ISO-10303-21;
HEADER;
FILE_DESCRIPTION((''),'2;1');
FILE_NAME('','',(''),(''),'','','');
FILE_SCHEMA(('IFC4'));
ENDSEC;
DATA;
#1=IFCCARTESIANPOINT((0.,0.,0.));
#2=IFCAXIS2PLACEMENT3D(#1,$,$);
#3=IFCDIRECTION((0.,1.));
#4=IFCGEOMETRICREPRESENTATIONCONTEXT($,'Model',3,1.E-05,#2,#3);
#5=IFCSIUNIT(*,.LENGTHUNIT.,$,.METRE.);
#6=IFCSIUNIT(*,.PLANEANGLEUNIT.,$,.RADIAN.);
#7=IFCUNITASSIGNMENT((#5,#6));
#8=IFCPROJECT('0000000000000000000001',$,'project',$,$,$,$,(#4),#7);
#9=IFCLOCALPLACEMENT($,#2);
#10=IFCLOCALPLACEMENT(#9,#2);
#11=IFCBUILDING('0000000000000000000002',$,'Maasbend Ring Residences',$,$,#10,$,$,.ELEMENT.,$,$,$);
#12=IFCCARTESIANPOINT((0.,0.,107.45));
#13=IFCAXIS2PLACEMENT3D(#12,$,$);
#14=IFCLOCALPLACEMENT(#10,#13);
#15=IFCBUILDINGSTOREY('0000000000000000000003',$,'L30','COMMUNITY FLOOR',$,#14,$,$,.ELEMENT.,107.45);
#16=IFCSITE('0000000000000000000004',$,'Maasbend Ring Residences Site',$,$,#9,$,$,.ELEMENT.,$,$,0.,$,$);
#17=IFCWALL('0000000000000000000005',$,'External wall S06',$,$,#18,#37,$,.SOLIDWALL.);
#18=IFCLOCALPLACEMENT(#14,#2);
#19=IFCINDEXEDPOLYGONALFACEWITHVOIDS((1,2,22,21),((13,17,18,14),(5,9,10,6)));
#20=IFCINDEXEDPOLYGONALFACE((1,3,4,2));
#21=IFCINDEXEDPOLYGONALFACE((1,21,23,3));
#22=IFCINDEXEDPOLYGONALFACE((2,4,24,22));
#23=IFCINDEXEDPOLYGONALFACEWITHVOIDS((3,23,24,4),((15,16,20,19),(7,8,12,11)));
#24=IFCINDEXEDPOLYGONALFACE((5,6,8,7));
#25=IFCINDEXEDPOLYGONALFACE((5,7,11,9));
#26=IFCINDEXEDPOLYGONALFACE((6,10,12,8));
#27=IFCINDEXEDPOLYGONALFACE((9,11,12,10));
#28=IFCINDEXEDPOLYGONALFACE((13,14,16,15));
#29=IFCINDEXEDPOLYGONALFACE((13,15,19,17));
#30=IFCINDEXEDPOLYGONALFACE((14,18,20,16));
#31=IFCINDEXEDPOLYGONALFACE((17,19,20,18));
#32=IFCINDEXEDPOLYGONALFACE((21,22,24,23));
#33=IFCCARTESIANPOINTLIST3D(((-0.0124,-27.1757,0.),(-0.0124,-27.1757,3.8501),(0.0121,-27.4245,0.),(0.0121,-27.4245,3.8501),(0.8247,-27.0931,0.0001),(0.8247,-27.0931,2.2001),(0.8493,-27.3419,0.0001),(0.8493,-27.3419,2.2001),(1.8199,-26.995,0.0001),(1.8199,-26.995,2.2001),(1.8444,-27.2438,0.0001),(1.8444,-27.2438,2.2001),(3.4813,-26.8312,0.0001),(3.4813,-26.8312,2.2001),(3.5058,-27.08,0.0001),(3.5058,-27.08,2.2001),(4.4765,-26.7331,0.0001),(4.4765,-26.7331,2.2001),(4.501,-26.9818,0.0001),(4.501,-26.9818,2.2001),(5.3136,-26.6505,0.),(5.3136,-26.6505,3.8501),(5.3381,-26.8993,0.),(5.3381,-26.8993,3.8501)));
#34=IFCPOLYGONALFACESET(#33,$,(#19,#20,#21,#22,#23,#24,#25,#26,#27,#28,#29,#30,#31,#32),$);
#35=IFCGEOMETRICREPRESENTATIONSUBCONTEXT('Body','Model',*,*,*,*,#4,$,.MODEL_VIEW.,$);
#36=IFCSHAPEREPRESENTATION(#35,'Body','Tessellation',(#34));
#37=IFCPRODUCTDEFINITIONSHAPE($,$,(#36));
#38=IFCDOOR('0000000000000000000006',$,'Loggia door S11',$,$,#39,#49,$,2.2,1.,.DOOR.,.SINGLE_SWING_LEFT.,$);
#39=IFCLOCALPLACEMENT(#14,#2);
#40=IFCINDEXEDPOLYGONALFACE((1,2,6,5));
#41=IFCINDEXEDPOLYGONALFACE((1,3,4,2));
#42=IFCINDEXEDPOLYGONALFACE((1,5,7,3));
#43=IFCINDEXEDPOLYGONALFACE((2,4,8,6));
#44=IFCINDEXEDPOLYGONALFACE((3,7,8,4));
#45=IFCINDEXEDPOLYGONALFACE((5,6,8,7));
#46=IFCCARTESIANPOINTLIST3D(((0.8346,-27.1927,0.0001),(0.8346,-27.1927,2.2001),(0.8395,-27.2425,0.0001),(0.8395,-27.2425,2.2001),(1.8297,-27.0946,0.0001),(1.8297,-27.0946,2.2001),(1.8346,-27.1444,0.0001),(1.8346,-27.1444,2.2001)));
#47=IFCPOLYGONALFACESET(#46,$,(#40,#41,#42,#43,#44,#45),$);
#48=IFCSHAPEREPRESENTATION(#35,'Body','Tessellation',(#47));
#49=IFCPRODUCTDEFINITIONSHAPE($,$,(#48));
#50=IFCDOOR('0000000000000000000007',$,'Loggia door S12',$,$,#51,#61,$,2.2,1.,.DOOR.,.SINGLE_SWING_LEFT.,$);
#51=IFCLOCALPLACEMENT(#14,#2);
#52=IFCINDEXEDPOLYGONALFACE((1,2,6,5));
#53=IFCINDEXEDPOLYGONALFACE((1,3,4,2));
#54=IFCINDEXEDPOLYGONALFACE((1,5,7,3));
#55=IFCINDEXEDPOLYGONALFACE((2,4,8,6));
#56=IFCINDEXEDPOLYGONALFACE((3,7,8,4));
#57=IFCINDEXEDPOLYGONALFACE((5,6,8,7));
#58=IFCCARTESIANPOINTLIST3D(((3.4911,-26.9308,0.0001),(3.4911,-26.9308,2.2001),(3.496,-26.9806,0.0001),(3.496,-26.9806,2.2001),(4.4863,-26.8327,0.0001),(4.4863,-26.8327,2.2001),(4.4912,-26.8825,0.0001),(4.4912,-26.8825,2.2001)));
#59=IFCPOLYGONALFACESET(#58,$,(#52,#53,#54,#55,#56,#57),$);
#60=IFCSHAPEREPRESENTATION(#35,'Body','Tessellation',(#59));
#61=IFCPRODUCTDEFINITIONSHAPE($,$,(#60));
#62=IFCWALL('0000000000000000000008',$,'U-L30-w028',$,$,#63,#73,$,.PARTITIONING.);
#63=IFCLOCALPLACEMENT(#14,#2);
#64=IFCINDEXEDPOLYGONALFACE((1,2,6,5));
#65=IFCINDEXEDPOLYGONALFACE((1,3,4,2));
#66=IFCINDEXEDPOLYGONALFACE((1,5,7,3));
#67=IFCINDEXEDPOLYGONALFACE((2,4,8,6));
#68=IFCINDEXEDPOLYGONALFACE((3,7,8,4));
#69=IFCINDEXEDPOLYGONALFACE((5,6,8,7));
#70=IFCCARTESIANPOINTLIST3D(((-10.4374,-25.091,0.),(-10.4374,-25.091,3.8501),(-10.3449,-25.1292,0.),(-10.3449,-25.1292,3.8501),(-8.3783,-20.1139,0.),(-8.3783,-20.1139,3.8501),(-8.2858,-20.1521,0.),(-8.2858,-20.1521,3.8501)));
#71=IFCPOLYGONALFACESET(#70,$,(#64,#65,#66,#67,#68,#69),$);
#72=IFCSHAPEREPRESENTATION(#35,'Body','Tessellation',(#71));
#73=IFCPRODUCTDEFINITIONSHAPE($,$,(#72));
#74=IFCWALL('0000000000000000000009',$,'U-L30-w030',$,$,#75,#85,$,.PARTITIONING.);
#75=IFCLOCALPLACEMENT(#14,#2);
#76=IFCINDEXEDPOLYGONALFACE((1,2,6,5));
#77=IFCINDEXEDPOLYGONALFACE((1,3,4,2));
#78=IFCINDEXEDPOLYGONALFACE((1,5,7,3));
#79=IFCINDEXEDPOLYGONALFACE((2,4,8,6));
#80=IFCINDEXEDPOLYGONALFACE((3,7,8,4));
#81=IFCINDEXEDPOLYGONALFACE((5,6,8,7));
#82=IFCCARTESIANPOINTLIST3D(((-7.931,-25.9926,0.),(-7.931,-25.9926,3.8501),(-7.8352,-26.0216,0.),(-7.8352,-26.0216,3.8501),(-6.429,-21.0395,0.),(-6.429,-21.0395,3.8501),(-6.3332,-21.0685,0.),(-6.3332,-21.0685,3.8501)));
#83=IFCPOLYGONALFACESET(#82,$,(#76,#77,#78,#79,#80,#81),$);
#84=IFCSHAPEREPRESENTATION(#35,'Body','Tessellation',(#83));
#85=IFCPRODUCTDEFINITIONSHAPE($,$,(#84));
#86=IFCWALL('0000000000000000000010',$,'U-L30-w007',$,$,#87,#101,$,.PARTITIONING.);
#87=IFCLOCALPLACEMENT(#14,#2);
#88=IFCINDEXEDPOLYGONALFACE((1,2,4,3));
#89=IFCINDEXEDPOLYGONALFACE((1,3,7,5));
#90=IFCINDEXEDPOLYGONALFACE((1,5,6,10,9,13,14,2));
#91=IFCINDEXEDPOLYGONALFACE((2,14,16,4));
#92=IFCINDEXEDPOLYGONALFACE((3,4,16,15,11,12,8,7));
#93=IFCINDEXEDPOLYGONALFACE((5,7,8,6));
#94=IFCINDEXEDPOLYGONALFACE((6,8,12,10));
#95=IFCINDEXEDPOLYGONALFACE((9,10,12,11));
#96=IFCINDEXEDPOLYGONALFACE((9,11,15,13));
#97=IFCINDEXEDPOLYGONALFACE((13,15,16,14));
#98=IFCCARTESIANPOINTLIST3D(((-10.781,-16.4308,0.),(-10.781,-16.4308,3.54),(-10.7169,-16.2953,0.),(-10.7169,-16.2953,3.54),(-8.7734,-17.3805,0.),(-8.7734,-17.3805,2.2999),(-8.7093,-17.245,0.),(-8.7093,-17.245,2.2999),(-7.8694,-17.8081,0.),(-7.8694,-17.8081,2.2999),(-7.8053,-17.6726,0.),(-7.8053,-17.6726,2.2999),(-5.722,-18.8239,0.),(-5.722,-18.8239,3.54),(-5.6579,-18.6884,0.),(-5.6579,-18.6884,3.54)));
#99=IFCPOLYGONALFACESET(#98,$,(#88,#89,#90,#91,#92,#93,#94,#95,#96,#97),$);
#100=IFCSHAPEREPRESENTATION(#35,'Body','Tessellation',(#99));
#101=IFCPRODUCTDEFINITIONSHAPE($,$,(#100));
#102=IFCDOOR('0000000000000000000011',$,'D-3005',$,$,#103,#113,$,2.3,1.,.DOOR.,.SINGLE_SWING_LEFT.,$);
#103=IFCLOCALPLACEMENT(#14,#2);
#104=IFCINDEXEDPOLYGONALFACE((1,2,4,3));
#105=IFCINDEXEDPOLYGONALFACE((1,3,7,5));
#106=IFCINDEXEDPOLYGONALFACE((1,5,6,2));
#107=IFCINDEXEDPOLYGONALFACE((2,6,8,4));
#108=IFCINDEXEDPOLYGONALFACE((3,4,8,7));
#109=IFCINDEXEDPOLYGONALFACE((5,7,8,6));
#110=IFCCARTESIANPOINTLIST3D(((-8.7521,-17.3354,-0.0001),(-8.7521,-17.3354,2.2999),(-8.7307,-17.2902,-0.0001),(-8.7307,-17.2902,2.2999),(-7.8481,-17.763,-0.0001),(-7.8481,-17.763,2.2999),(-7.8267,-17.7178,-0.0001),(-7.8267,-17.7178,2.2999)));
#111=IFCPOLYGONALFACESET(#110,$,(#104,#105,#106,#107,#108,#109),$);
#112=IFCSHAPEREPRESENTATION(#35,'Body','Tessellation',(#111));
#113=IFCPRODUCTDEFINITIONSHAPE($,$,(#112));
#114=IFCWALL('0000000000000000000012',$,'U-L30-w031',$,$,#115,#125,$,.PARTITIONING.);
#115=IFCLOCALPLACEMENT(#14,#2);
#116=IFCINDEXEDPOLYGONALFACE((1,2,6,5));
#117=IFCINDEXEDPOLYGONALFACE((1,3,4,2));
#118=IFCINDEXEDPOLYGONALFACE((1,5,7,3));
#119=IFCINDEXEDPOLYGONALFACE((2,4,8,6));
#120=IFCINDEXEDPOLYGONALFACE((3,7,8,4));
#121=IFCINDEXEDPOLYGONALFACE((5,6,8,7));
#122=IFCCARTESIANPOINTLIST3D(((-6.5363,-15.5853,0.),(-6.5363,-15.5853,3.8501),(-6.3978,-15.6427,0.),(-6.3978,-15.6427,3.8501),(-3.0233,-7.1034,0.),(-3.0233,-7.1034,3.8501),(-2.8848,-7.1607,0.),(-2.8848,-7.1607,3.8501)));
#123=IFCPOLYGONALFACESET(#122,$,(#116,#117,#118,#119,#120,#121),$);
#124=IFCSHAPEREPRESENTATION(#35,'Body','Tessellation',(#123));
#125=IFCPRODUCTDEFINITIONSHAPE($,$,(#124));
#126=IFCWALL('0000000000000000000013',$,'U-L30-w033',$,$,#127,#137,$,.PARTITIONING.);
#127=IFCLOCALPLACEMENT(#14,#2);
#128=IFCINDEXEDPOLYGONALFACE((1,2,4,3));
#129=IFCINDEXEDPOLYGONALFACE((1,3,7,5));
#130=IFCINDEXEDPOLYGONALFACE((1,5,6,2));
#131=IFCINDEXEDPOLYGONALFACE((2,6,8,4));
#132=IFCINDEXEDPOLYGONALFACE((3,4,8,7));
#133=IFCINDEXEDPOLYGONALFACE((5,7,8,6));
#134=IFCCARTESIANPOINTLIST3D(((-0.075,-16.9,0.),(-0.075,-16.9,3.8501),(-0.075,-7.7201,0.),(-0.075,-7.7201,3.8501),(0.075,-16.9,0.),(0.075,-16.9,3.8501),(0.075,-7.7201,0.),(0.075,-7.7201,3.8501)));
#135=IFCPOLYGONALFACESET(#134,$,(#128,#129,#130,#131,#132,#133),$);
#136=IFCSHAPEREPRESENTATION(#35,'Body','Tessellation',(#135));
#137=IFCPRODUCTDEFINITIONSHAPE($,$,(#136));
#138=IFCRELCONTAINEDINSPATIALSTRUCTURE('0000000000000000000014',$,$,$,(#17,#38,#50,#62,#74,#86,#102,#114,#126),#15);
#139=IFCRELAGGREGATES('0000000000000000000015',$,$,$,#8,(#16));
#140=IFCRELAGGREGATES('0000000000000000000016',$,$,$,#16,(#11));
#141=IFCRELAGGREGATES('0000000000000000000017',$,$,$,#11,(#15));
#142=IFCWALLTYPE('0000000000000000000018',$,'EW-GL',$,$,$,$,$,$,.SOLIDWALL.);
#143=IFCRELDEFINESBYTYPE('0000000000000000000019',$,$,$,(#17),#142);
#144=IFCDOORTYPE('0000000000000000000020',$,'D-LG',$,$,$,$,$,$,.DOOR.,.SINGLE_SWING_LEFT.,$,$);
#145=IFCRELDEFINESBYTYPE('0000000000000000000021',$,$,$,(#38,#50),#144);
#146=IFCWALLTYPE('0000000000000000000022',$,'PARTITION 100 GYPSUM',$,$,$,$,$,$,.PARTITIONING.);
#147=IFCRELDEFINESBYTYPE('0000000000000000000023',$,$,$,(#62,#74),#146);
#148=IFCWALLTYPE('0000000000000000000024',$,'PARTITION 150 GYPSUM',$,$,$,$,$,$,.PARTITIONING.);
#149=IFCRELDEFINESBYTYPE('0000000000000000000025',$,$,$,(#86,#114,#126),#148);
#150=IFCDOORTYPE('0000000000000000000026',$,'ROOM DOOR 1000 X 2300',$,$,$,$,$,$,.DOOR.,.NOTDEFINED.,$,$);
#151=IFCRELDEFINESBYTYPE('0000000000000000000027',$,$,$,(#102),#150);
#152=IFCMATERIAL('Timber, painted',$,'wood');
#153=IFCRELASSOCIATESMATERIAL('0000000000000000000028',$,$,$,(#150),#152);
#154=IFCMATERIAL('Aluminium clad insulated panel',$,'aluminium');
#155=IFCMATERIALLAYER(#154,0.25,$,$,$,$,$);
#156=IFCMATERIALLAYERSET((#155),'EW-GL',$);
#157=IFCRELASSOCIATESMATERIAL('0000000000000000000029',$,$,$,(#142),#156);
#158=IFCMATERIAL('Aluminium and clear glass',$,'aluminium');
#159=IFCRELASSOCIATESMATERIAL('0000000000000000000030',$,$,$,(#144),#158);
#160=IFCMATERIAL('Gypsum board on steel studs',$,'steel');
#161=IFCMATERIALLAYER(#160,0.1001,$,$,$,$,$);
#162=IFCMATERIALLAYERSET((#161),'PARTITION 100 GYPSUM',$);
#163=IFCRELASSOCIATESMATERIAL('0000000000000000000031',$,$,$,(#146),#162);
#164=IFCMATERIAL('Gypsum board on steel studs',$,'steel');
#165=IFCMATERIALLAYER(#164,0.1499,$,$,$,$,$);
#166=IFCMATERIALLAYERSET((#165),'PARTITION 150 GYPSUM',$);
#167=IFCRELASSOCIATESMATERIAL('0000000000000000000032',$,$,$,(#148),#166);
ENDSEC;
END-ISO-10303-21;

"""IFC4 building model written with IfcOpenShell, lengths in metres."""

from ifc_helpers import new_model, si_unit, direction, frame, frame_2d, origin, place, context, subcontext, project, spatial, rectangle, extrude, material, layer, layer_set, type_object, element, fill, save


model = new_model("IFC4")

# Units and contexts
model_context = context("Model", 3, precision=1e-05, world=origin(), true_north=direction((0.0, 1.0)))
body_context = subcontext(model_context, "Body", "Model", "MODEL_VIEW")
ifc_project = project(units=[si_unit("LENGTHUNIT", "METRE"), si_unit("PLANEANGLEUNIT", "RADIAN")], contexts=[model_context])

# Site, building, storey
site_placement = place(None, origin())
site = spatial("IfcSite", under=ifc_project, at=site_placement, Name="Maasbend Ring Residences Site", CompositionType="ELEMENT", RefElevation=0.0)
building_placement = place(site_placement, origin())
building = spatial("IfcBuilding", under=site, at=building_placement, Name="Maasbend Ring Residences", CompositionType="ELEMENT")
storey_placement = place(building_placement, frame((0.0, 0.0, 107.45)))
storey = spatial("IfcBuildingStorey", under=building, at=storey_placement, Name="L30", Description="COMMUNITY FLOOR", CompositionType="ELEMENT", Elevation=107.45)

# Shared definitions
ifc_material_1 = material(Name="Timber, painted", Category="wood")
door_type_1 = type_object("IfcDoorType", Name="ROOM DOOR 1000 X 2300", OperationType="NOTDEFINED", PredefinedType="DOOR", material=ifc_material_1)

# Wall, openings, doors
ifc_material_2 = material(Name="Aluminium clad insulated panel", Category="aluminium")
ifc_layer_1 = layer(ifc_material_2, 0.25)
ifc_layer_set_1 = layer_set([ifc_layer_1], Name="EW-GL")
wall_type_1 = type_object("IfcWallType", Name="EW-GL", PredefinedType="SOLIDWALL", material=ifc_layer_set_1)
ifc_material_3 = material(Name="Aluminium and clear glass", Category="aluminium")
door_type_2 = type_object("IfcDoorType", Name="D-LG", OperationType="SINGLE_SWING_LEFT", PredefinedType="DOOR", material=ifc_material_3)
wall_1_placement = place(storey_placement, frame((0.0, -27.3, 0.0), z_axis=(0.0, 0.0, 1.0), x_axis=(0.995174, 0.098126, 0.0)))
wall_1 = element("IfcWall", 1, at=wall_1_placement, inside=storey, type_object=wall_type_1, Name="External wall S06", PredefinedType="SOLIDWALL", context=body_context, shape_type="SweptSolid", body=[
    extrude(rectangle(XDim=5.3518, YDim=0.25, at=frame_2d((2.6758, 0.0))), origin(), (0.0, 0.0, 1.0), 3.8501),
])
opening_1_placement = place(wall_1_placement, frame((0.8411, 0.0, 0.0)))
opening_1 = element("IfcOpeningElement", 2, at=opening_1_placement, cuts=wall_1, PredefinedType="OPENING", context=body_context, shape_type="SweptSolid", body=[
    extrude(rectangle(XDim=1.0, YDim=2.2, at=frame_2d((0.5, 1.1001))), frame((0.0, 0.135, 0.0), z_axis=(0.0, -1.0, 0.0), x_axis=(1.0, 0.0, 0.0)), (0.0, 0.0, 1.0), 0.27),
])
opening_2_placement = place(wall_1_placement, frame((3.5105, 0.0, 0.0)))
opening_2 = element("IfcOpeningElement", 3, at=opening_2_placement, cuts=wall_1, PredefinedType="OPENING", context=body_context, shape_type="SweptSolid", body=[
    extrude(rectangle(XDim=1.0, YDim=2.2, at=frame_2d((0.5, 1.1001))), frame((0.0, 0.135, 0.0), z_axis=(0.0, -1.0, 0.0), x_axis=(1.0, 0.0, 0.0)), (0.0, 0.0, 1.0), 0.27),
])
door_1_placement = place(opening_1_placement, origin())
door_1 = element("IfcDoor", 4, at=door_1_placement, inside=storey, type_object=door_type_2, Name="Loggia door S11", OperationType="SINGLE_SWING_LEFT", OverallHeight=2.2, OverallWidth=1.0, PredefinedType="DOOR", context=body_context, shape_type="SweptSolid", body=[
    extrude(rectangle(XDim=1.0, YDim=2.2, at=frame_2d((0.5, 1.1001))), frame((0.0, 0.0249, 0.0), z_axis=(0.0, -1.0, 0.0), x_axis=(1.0, 0.0, 0.0)), (0.0, 0.0, 1.0), 0.05),
])
fill(opening_1, door_1)
door_2_placement = place(opening_2_placement, origin())
door_2 = element("IfcDoor", 5, at=door_2_placement, inside=storey, type_object=door_type_2, Name="Loggia door S12", OperationType="SINGLE_SWING_LEFT", OverallHeight=2.2, OverallWidth=1.0, PredefinedType="DOOR", context=body_context, shape_type="SweptSolid", body=[
    extrude(rectangle(XDim=1.0, YDim=2.2, at=frame_2d((0.5, 1.1001))), frame((0.0, 0.0249, 0.0), z_axis=(0.0, -1.0, 0.0), x_axis=(1.0, 0.0, 0.0)), (0.0, 0.0, 1.0), 0.05),
])
fill(opening_2, door_2)

# Walls
ifc_material_4 = material(Name="Gypsum board on steel studs", Category="steel")
ifc_layer_2 = layer(ifc_material_4, 0.1001)
ifc_layer_set_2 = layer_set([ifc_layer_2], Name="PARTITION 100 GYPSUM")
wall_type_2 = type_object("IfcWallType", Name="PARTITION 100 GYPSUM", PredefinedType="PARTITIONING", material=ifc_layer_set_2)
wall_2_placement = place(storey_placement, frame((-10.3911, -25.1101, 0.0), z_axis=(0.0, 0.0, 1.0), x_axis=(0.38229, 0.924042, 0.0)))
element("IfcWall", 6, at=wall_2_placement, inside=storey, type_object=wall_type_2, Name="U-L30-w028", PredefinedType="PARTITIONING", context=body_context, shape_type="SweptSolid", body=[
    extrude(rectangle(XDim=5.3862, YDim=0.1001, at=frame_2d((2.6931, 0.0))), origin(), (0.0, 0.0, 1.0), 3.8501),
])
wall_3_placement = place(storey_placement, frame((-7.8831, -26.0071, 0.0), z_axis=(0.0, 0.0, 1.0), x_axis=(0.290185, 0.95697, 0.0)))
element("IfcWall", 7, at=wall_3_placement, inside=storey, type_object=wall_type_2, Name="U-L30-w030", PredefinedType="PARTITIONING", context=body_context, shape_type="SweptSolid", body=[
    extrude(rectangle(XDim=5.1758, YDim=0.1001, at=frame_2d((2.5879, 0.0))), origin(), (0.0, 0.0, 1.0), 3.8501),
])

# Wall, opening, door
ifc_material_5 = material(Name="Gypsum board on steel studs", Category="steel")
ifc_layer_3 = layer(ifc_material_5, 0.1499)
ifc_layer_set_3 = layer_set([ifc_layer_3], Name="PARTITION 150 GYPSUM")
wall_type_3 = type_object("IfcWallType", Name="PARTITION 150 GYPSUM", PredefinedType="PARTITIONING", material=ifc_layer_set_3)
wall_4_placement = place(storey_placement, frame((-10.749, -16.363, 0.0), z_axis=(0.0, 0.0, 1.0), x_axis=(0.903969, -0.427599, 0.0)))
wall_4 = element("IfcWall", 8, at=wall_4_placement, inside=storey, type_object=wall_type_3, Name="U-L30-w007", PredefinedType="PARTITIONING", context=body_context, shape_type="SweptSolid", body=[
    extrude(rectangle(XDim=5.5964, YDim=0.1499, at=frame_2d((2.7983, 0.0))), origin(), (0.0, 0.0, 1.0), 3.54),
])
opening_3_placement = place(wall_4_placement, frame((2.2209, 0.0, 0.0)))
opening_3 = element("IfcOpeningElement", 9, at=opening_3_placement, cuts=wall_4, PredefinedType="OPENING", context=body_context, shape_type="SweptSolid", body=[
    extrude(rectangle(XDim=1.0, YDim=2.3, at=frame_2d((0.5, 1.1499))), frame((0.0, 0.085, 0.0), z_axis=(0.0, -1.0, 0.0), x_axis=(1.0, 0.0, 0.0)), (0.0, 0.0, 1.0), 0.1699),
])
door_3_placement = place(opening_3_placement, origin())
door_3 = element("IfcDoor", 10, at=door_3_placement, inside=storey, type_object=door_type_1, Name="D-3005", OperationType="SINGLE_SWING_LEFT", OverallHeight=2.3, OverallWidth=1.0, PredefinedType="DOOR", context=body_context, shape_type="SweptSolid", body=[
    extrude(rectangle(XDim=1.0, YDim=2.3, at=frame_2d((0.5, 1.1499))), frame((0.0, 0.0249, 0.0), z_axis=(0.0, -1.0, 0.0), x_axis=(1.0, 0.0, 0.0)), (0.0, 0.0, 1.0), 0.05),
])
fill(opening_3, door_3)

# Walls
wall_5_placement = place(storey_placement, frame((-6.467, -15.614, 0.0), z_axis=(0.0, 0.0, 1.0), x_axis=(0.382647, 0.923895, 0.0)))
element("IfcWall", 11, at=wall_5_placement, inside=storey, type_object=wall_type_3, Name="U-L30-w031", PredefinedType="PARTITIONING", context=body_context, shape_type="SweptSolid", body=[
    extrude(rectangle(XDim=9.1807, YDim=0.1499, at=frame_2d((4.5903, 0.0))), origin(), (0.0, 0.0, 1.0), 3.8501),
])
wall_6_placement = place(storey_placement, frame((0.0, -16.8999, 0.0), z_axis=(0.0, 0.0, 1.0), x_axis=(0.0, 1.0, 0.0)))
element("IfcWall", 12, at=wall_6_placement, inside=storey, type_object=wall_type_3, Name="U-L30-w033", PredefinedType="PARTITIONING", context=body_context, shape_type="SweptSolid", body=[
    extrude(rectangle(XDim=9.1799, YDim=0.1499, at=frame_2d((4.5898, 0.0))), origin(), (0.0, 0.0, 1.0), 3.8501),
])

save(model, "model.ifc")
